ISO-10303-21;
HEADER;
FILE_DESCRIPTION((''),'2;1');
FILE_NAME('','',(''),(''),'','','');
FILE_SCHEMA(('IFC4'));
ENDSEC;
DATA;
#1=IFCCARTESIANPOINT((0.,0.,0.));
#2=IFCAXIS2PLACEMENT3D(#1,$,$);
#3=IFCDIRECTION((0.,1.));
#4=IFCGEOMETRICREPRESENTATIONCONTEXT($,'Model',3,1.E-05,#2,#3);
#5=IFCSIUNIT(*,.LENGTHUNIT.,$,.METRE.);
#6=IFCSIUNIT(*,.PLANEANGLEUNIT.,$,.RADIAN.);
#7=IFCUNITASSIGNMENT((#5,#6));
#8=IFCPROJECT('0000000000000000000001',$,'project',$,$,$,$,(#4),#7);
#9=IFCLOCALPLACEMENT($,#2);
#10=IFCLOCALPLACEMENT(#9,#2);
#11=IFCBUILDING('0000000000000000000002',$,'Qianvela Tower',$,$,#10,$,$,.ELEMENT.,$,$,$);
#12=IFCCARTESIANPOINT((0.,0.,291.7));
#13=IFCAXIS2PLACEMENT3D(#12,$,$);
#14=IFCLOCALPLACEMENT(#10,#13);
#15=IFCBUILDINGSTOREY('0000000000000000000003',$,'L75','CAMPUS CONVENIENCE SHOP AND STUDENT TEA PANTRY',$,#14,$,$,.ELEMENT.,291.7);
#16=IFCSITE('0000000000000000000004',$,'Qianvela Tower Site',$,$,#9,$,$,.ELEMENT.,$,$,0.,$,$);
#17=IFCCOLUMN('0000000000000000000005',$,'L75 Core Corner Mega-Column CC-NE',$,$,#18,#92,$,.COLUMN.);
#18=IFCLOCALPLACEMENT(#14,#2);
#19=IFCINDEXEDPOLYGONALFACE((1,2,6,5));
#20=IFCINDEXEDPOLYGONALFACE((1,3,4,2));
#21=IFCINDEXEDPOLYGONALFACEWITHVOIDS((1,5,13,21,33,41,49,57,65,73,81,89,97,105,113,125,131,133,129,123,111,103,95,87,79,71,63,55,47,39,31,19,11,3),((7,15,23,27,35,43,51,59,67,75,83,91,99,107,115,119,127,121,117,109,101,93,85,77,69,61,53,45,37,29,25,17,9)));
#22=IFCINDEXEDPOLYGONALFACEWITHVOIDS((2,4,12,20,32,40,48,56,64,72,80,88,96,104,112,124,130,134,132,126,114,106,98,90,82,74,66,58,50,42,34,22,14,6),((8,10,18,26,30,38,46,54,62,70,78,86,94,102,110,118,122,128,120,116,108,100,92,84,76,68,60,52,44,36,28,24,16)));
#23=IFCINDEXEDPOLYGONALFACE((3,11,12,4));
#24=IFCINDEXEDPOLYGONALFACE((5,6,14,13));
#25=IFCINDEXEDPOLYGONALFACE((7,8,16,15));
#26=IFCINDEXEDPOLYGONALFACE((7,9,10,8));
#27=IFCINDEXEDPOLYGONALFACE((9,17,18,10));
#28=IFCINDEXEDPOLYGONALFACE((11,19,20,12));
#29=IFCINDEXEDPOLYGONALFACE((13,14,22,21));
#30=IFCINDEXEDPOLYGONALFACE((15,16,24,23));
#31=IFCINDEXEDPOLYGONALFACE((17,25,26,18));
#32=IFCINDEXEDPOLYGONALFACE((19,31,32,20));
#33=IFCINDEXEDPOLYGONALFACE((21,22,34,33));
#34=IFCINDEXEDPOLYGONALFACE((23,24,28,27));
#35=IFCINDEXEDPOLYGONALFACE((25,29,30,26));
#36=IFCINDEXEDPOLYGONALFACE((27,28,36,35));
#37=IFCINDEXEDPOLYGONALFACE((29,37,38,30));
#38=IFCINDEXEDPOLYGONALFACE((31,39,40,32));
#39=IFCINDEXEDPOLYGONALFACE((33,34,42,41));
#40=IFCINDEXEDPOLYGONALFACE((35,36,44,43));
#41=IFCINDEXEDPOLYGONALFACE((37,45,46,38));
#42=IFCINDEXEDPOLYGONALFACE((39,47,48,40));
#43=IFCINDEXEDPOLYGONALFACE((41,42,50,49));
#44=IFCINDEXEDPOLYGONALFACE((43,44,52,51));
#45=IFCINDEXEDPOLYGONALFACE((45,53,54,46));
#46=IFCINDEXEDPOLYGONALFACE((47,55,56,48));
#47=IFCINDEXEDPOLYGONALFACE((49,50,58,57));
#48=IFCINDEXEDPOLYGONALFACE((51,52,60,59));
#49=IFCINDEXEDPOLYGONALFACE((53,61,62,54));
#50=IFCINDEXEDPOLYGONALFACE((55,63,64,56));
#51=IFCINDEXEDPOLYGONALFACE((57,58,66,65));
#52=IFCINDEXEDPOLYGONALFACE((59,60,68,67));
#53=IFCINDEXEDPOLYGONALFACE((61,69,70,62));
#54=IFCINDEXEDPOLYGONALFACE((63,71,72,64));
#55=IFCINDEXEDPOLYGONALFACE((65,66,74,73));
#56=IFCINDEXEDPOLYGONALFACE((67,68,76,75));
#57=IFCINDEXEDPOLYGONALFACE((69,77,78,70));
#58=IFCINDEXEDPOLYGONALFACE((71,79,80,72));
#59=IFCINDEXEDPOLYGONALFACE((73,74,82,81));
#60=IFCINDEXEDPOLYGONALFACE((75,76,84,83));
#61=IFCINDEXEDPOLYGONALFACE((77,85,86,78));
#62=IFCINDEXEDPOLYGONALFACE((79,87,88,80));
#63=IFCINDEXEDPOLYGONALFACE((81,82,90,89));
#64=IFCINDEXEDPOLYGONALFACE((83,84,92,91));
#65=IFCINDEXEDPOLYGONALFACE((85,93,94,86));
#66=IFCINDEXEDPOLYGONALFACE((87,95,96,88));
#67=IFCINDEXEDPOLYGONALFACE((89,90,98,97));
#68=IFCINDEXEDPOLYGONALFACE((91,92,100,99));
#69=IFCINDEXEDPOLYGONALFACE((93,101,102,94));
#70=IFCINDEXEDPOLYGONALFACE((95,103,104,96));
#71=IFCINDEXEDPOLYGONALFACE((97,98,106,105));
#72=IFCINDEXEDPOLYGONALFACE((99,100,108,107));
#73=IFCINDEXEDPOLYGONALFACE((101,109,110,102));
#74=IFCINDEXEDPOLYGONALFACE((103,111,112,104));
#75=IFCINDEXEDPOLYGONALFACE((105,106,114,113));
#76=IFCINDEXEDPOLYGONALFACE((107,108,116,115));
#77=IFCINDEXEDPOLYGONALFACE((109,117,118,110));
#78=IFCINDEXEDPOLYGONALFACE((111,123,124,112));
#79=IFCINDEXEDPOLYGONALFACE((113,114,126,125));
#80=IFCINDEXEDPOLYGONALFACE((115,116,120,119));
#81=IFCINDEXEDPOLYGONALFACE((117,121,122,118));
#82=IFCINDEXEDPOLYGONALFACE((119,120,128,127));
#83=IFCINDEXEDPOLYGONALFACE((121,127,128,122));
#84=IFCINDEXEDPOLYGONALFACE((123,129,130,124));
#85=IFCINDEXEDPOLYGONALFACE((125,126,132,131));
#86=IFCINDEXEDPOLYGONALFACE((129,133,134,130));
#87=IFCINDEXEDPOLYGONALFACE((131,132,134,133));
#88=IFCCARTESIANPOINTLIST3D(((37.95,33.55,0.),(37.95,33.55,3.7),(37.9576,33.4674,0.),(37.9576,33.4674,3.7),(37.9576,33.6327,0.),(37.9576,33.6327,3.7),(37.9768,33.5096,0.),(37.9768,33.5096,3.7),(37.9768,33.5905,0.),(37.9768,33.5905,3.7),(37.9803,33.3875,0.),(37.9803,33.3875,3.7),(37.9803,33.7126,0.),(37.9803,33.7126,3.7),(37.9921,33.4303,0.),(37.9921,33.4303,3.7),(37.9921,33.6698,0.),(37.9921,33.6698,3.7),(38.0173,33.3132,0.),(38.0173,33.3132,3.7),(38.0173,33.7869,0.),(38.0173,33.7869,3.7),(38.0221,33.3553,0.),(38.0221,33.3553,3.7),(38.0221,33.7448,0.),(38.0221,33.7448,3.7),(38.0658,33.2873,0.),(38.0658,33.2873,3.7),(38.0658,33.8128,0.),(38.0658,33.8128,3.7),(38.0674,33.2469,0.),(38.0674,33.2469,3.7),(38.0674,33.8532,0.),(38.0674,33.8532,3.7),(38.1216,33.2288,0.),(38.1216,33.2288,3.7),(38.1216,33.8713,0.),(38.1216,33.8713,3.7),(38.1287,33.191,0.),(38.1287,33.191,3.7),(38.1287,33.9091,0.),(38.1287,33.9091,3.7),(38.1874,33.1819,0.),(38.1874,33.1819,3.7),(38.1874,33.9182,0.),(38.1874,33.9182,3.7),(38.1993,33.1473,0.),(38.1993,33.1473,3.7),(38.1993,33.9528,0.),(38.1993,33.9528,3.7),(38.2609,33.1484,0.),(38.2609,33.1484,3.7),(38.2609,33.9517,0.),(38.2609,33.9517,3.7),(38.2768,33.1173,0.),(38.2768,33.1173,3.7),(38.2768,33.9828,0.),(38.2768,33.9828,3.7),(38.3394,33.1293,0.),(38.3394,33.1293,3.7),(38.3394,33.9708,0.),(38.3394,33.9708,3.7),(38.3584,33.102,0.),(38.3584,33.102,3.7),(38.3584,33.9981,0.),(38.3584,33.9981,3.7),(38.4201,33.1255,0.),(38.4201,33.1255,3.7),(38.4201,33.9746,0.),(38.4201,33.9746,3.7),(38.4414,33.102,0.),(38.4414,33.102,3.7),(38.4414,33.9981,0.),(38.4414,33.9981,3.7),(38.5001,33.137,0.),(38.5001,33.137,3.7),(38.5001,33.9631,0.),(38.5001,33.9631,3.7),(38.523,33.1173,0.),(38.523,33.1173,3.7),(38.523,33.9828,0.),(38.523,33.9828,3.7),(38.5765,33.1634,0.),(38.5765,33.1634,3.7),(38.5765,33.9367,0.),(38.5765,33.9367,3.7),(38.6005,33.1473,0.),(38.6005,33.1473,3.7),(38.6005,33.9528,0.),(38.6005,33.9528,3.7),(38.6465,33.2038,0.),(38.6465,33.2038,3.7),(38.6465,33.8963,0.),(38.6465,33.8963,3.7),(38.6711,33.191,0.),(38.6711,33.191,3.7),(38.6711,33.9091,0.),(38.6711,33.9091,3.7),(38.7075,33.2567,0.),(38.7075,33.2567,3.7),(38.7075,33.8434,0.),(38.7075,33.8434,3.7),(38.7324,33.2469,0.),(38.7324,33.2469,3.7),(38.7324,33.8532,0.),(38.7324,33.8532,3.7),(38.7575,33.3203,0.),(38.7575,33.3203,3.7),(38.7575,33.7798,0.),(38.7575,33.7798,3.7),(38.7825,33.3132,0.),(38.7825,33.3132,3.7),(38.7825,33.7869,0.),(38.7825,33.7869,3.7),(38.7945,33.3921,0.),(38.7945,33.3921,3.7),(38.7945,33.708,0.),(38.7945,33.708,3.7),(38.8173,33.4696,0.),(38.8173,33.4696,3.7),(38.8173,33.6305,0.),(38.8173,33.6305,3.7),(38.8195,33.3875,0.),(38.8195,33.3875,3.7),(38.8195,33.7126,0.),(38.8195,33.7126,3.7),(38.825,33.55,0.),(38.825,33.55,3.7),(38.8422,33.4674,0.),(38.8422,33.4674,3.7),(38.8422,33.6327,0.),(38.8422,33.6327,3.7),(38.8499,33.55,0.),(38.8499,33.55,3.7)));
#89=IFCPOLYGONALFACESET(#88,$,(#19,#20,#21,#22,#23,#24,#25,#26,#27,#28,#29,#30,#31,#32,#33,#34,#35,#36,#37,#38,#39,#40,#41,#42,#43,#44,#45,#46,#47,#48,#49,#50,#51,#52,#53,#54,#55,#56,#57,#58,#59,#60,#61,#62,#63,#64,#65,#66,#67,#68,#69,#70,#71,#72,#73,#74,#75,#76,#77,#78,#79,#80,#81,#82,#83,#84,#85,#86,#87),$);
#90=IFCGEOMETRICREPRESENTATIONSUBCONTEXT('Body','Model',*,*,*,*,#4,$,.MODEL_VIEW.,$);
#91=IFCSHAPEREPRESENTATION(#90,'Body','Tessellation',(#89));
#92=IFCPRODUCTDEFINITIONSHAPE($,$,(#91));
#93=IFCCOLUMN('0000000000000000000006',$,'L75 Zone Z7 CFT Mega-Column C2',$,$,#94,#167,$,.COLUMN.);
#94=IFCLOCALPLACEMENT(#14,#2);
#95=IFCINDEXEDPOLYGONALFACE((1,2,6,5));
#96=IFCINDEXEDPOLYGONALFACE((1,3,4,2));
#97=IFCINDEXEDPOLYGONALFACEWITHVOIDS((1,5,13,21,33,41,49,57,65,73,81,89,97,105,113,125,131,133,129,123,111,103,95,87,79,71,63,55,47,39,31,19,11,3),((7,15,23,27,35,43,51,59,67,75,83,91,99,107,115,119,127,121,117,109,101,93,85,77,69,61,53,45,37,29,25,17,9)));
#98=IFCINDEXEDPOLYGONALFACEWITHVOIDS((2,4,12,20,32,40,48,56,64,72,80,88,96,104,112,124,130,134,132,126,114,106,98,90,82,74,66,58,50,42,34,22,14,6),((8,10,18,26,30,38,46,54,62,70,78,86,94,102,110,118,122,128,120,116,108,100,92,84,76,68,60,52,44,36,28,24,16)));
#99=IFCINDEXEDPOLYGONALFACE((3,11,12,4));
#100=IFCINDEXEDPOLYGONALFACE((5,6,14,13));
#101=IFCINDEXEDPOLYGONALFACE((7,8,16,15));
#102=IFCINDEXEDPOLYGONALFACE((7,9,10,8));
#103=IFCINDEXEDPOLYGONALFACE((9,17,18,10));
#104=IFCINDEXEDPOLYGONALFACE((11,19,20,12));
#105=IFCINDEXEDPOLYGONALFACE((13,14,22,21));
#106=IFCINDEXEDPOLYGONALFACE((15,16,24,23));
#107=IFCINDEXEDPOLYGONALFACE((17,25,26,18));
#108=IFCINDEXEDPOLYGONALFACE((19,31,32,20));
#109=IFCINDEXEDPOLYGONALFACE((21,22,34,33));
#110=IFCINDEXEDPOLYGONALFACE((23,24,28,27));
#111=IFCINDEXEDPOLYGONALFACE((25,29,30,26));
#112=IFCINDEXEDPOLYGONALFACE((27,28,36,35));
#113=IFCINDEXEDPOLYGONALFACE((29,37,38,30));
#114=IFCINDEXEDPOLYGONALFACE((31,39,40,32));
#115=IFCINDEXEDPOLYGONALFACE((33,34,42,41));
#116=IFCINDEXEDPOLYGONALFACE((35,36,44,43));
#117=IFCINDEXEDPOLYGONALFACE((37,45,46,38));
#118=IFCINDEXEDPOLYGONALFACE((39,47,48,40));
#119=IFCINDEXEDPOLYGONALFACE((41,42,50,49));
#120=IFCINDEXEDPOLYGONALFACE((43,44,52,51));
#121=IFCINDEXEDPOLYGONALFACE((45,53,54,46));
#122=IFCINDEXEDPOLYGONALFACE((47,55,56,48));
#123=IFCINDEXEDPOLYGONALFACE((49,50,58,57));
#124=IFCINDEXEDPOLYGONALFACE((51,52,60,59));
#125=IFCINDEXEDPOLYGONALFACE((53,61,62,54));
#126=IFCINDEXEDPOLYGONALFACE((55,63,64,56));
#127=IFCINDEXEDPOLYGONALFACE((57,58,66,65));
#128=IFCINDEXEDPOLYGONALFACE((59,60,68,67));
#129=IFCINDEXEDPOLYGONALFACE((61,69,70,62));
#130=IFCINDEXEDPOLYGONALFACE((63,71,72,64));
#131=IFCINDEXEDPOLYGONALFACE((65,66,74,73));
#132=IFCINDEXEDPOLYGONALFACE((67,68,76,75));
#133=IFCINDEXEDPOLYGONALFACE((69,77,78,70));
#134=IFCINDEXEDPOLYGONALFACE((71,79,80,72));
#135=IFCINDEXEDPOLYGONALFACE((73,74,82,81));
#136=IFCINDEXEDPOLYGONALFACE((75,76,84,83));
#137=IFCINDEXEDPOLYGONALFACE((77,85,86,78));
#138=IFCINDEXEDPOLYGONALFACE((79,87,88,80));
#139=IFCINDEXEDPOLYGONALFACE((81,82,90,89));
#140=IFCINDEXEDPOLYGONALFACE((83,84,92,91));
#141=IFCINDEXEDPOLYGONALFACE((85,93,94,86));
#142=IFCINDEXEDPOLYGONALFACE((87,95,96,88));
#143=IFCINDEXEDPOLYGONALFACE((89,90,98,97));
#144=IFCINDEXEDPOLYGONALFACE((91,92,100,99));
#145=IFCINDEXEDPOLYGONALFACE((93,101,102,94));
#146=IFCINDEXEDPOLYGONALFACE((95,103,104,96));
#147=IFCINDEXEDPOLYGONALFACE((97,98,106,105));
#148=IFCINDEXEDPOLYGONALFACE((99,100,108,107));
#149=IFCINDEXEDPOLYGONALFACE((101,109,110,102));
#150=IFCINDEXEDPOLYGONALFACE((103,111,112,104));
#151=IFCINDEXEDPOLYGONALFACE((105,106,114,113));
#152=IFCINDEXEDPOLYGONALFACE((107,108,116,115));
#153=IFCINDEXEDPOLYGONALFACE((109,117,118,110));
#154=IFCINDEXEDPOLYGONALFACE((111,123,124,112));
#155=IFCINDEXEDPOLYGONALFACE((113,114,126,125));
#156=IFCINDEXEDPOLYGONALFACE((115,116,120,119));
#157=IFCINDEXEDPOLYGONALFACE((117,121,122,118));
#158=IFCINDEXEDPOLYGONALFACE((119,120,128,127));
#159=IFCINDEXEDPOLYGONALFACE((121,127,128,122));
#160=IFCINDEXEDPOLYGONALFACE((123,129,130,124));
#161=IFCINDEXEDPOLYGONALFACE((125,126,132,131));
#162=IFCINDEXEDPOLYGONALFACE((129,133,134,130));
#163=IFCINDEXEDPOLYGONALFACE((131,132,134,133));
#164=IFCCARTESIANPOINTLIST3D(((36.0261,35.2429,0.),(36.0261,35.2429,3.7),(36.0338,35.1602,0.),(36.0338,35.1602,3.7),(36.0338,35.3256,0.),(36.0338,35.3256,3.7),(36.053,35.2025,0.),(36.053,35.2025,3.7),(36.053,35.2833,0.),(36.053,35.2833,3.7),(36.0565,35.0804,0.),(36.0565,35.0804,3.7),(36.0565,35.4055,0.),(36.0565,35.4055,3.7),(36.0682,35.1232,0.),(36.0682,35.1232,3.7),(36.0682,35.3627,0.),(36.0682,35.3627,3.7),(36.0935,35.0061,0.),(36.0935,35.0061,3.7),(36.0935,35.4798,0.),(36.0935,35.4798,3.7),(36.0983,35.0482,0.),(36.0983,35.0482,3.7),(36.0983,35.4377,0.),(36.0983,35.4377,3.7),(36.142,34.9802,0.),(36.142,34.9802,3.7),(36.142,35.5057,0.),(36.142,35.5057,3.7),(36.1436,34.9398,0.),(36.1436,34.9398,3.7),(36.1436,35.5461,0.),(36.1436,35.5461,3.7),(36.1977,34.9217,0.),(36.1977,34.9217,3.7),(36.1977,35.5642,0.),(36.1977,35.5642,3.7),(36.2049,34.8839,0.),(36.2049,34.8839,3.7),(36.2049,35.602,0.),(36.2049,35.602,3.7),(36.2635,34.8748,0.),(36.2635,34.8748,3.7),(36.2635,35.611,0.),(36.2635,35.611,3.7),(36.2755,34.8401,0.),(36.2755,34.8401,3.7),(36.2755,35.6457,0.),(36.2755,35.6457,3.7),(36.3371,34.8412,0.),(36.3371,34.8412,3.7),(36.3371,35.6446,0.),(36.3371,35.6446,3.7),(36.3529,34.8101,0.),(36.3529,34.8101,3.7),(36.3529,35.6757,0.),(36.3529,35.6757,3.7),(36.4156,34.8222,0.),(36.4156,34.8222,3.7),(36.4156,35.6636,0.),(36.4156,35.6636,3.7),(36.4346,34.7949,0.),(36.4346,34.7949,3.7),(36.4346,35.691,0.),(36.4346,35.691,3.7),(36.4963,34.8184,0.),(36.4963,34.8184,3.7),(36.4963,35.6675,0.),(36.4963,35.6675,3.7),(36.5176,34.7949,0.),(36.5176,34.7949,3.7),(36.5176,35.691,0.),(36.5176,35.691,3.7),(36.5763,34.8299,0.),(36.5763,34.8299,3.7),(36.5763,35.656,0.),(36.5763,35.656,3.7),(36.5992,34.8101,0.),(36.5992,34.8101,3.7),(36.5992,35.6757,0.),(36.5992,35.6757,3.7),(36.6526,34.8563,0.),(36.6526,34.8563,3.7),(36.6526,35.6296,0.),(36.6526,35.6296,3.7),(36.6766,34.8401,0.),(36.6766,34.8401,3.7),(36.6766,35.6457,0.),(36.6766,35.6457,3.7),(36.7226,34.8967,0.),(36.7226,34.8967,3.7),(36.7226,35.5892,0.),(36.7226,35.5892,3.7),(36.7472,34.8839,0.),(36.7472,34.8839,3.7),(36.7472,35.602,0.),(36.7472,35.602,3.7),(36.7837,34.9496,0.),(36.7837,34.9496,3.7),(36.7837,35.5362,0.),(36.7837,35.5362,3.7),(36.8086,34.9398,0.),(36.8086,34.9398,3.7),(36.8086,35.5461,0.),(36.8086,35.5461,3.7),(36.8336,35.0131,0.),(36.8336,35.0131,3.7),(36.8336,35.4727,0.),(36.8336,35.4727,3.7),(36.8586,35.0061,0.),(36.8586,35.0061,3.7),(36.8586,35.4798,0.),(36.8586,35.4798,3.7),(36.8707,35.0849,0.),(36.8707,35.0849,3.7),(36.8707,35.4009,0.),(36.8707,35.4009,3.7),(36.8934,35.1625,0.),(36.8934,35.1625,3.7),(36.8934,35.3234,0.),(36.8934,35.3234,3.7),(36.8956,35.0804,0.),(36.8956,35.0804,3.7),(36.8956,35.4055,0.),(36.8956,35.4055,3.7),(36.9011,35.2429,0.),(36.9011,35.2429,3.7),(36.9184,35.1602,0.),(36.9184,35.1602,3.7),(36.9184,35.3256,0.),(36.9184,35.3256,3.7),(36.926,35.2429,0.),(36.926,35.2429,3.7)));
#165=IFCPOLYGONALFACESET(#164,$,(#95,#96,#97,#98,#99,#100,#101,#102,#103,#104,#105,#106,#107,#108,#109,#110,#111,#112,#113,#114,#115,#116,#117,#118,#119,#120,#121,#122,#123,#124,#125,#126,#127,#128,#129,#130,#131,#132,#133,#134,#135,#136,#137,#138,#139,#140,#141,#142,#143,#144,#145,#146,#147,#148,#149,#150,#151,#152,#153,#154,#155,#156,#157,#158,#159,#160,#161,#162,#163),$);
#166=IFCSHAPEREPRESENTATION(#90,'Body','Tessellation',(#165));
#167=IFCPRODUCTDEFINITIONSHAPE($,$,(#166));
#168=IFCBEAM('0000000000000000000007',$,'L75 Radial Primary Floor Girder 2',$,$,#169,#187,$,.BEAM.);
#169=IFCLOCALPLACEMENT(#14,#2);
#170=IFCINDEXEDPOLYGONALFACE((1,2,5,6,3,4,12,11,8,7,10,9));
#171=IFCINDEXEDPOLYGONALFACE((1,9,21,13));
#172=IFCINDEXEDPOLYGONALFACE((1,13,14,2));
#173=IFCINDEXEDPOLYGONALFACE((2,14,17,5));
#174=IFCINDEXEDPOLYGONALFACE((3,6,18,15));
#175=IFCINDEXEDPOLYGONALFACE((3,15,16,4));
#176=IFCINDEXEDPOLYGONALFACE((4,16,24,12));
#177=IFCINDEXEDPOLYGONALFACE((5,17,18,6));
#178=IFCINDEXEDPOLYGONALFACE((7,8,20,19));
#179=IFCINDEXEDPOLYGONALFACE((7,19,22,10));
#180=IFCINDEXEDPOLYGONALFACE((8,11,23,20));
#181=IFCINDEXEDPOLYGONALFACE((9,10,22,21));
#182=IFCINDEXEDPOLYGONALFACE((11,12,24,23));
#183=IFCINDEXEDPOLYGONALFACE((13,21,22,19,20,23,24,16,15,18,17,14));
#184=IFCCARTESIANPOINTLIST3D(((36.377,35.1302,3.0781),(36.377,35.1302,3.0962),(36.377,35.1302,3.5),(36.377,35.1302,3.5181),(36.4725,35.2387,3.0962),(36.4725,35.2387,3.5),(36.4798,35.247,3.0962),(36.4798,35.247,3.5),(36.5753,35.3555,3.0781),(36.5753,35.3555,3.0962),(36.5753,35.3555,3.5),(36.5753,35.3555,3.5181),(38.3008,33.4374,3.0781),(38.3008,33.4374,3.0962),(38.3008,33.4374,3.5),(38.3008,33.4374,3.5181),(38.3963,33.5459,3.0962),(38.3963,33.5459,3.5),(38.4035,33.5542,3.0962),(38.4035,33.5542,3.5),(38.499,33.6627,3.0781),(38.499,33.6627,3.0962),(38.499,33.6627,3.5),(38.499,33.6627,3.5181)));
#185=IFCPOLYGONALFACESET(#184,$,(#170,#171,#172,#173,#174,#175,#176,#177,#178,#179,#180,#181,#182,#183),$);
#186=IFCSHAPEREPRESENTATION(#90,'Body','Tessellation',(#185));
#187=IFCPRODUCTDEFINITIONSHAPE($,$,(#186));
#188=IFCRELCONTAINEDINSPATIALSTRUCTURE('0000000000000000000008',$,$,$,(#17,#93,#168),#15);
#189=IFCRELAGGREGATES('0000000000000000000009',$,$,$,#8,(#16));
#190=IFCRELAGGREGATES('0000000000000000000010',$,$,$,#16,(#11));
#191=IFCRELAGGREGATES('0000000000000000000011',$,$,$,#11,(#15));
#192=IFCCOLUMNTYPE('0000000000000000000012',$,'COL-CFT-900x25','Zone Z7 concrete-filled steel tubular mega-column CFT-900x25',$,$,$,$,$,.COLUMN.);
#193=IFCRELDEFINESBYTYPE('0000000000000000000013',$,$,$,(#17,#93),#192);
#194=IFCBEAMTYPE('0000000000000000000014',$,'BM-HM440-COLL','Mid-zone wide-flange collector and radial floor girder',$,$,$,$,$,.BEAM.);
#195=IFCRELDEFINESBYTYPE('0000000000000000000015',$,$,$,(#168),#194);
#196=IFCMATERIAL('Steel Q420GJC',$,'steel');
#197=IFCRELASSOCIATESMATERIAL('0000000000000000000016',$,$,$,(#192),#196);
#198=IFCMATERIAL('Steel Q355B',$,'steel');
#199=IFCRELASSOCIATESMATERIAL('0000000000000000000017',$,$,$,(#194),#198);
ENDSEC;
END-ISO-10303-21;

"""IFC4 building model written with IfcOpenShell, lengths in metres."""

from ifc_helpers import new_model, si_unit, direction, frame, origin, origin_2d, place, context, subcontext, project, spatial, hollow_circle, i_section, extrude, material, material_profile, profile_set, type_object, element, save


model = new_model("IFC4")

# Units and contexts
model_context = context("Model", 3, precision=1e-05, world=origin(), true_north=direction((0.0, 1.0)))
body_context = subcontext(model_context, "Body", "Model", "MODEL_VIEW")
ifc_project = project(units=[si_unit("LENGTHUNIT", "METRE"), si_unit("PLANEANGLEUNIT", "RADIAN")], contexts=[model_context])

# Site, building, storey
site_placement = place(None, origin())
site = spatial("IfcSite", under=ifc_project, at=site_placement, Name="Qianvela Tower Site", CompositionType="ELEMENT", RefElevation=0.0)
building_placement = place(site_placement, origin())
building = spatial("IfcBuilding", under=site, at=building_placement, Name="Qianvela Tower", CompositionType="ELEMENT")
storey_placement = place(building_placement, frame((0.0, 0.0, 291.7)))
storey = spatial("IfcBuildingStorey", under=building, at=storey_placement, Name="L75", Description="CAMPUS CONVENIENCE SHOP AND STUDENT TEA PANTRY", CompositionType="ELEMENT", Elevation=291.7)

# Columns
ifc_material_1 = material(Name="Steel Q420GJC", Category="steel")
ifc_material_profile_1 = material_profile(ifc_material_1, hollow_circle(Radius=0.45, WallThickness=0.0249, at=origin_2d()), Name="CFT-900x25")
ifc_profile_set_1 = profile_set([ifc_material_profile_1], Name="Steel Q420GJC")
column_type = type_object("IfcColumnType", Name="COL-CFT-900x25", Description="Zone Z7 concrete-filled steel tubular mega-column CFT-900x25", PredefinedType="COLUMN", material=ifc_profile_set_1)
for number, where, z_axis, x_axis, name in (
    (1, (38.3999, 33.55, 0.0), (0.0, 0.0, 1.0), (1.0, 0.0, 0.0), "L75 Core Corner Mega-Column CC-NE"),
    (2, (36.4761, 35.2429, 0.0), (0.0, 0.0, 1.0), (1.0, 0.0, 0.0), "L75 Zone Z7 CFT Mega-Column C2"),
):
    element("IfcColumn", number, at=place(storey_placement, frame(where, z_axis=z_axis, x_axis=x_axis)), inside=storey, type_object=column_type, Name=name, PredefinedType="COLUMN", context=body_context, shape_type="SweptSolid", body=[
        extrude(hollow_circle(Radius=0.45, WallThickness=0.0249, at=origin_2d()), origin(), (0.0, 0.0, 1.0), 3.7),
    ])

# Beam
ifc_material_2 = material(Name="Steel Q355B", Category="steel")
ifc_material_profile_2 = material_profile(ifc_material_2, i_section(OverallWidth=0.3, OverallDepth=0.4399, WebThickness=0.011, FlangeThickness=0.0181, at=origin_2d()), Name="HM440x300x11x18")
ifc_profile_set_2 = profile_set([ifc_material_profile_2], Name="Steel Q355B")
beam_type_1 = type_object("IfcBeamType", Name="BM-HM440-COLL", Description="Mid-zone wide-flange collector and radial floor girder", PredefinedType="BEAM", material=ifc_profile_set_2)
beam_1_placement = place(storey_placement, frame((38.3999, 33.55, 3.2981), z_axis=(-0.750732, 0.660606, 0.0), x_axis=(-0.660606, -0.750732, 0.0)))
element("IfcBeam", 3, at=beam_1_placement, inside=storey, type_object=beam_type_1, Name="L75 Radial Primary Floor Girder 2", PredefinedType="BEAM", context=body_context, shape_type="SweptSolid", body=[
    extrude(i_section(OverallWidth=0.3, OverallDepth=0.4399, WebThickness=0.011, FlangeThickness=0.0181, at=origin_2d()), origin(), (0.0, 0.0, 1.0), 2.5625),
])

save(model, "model.ifc")
